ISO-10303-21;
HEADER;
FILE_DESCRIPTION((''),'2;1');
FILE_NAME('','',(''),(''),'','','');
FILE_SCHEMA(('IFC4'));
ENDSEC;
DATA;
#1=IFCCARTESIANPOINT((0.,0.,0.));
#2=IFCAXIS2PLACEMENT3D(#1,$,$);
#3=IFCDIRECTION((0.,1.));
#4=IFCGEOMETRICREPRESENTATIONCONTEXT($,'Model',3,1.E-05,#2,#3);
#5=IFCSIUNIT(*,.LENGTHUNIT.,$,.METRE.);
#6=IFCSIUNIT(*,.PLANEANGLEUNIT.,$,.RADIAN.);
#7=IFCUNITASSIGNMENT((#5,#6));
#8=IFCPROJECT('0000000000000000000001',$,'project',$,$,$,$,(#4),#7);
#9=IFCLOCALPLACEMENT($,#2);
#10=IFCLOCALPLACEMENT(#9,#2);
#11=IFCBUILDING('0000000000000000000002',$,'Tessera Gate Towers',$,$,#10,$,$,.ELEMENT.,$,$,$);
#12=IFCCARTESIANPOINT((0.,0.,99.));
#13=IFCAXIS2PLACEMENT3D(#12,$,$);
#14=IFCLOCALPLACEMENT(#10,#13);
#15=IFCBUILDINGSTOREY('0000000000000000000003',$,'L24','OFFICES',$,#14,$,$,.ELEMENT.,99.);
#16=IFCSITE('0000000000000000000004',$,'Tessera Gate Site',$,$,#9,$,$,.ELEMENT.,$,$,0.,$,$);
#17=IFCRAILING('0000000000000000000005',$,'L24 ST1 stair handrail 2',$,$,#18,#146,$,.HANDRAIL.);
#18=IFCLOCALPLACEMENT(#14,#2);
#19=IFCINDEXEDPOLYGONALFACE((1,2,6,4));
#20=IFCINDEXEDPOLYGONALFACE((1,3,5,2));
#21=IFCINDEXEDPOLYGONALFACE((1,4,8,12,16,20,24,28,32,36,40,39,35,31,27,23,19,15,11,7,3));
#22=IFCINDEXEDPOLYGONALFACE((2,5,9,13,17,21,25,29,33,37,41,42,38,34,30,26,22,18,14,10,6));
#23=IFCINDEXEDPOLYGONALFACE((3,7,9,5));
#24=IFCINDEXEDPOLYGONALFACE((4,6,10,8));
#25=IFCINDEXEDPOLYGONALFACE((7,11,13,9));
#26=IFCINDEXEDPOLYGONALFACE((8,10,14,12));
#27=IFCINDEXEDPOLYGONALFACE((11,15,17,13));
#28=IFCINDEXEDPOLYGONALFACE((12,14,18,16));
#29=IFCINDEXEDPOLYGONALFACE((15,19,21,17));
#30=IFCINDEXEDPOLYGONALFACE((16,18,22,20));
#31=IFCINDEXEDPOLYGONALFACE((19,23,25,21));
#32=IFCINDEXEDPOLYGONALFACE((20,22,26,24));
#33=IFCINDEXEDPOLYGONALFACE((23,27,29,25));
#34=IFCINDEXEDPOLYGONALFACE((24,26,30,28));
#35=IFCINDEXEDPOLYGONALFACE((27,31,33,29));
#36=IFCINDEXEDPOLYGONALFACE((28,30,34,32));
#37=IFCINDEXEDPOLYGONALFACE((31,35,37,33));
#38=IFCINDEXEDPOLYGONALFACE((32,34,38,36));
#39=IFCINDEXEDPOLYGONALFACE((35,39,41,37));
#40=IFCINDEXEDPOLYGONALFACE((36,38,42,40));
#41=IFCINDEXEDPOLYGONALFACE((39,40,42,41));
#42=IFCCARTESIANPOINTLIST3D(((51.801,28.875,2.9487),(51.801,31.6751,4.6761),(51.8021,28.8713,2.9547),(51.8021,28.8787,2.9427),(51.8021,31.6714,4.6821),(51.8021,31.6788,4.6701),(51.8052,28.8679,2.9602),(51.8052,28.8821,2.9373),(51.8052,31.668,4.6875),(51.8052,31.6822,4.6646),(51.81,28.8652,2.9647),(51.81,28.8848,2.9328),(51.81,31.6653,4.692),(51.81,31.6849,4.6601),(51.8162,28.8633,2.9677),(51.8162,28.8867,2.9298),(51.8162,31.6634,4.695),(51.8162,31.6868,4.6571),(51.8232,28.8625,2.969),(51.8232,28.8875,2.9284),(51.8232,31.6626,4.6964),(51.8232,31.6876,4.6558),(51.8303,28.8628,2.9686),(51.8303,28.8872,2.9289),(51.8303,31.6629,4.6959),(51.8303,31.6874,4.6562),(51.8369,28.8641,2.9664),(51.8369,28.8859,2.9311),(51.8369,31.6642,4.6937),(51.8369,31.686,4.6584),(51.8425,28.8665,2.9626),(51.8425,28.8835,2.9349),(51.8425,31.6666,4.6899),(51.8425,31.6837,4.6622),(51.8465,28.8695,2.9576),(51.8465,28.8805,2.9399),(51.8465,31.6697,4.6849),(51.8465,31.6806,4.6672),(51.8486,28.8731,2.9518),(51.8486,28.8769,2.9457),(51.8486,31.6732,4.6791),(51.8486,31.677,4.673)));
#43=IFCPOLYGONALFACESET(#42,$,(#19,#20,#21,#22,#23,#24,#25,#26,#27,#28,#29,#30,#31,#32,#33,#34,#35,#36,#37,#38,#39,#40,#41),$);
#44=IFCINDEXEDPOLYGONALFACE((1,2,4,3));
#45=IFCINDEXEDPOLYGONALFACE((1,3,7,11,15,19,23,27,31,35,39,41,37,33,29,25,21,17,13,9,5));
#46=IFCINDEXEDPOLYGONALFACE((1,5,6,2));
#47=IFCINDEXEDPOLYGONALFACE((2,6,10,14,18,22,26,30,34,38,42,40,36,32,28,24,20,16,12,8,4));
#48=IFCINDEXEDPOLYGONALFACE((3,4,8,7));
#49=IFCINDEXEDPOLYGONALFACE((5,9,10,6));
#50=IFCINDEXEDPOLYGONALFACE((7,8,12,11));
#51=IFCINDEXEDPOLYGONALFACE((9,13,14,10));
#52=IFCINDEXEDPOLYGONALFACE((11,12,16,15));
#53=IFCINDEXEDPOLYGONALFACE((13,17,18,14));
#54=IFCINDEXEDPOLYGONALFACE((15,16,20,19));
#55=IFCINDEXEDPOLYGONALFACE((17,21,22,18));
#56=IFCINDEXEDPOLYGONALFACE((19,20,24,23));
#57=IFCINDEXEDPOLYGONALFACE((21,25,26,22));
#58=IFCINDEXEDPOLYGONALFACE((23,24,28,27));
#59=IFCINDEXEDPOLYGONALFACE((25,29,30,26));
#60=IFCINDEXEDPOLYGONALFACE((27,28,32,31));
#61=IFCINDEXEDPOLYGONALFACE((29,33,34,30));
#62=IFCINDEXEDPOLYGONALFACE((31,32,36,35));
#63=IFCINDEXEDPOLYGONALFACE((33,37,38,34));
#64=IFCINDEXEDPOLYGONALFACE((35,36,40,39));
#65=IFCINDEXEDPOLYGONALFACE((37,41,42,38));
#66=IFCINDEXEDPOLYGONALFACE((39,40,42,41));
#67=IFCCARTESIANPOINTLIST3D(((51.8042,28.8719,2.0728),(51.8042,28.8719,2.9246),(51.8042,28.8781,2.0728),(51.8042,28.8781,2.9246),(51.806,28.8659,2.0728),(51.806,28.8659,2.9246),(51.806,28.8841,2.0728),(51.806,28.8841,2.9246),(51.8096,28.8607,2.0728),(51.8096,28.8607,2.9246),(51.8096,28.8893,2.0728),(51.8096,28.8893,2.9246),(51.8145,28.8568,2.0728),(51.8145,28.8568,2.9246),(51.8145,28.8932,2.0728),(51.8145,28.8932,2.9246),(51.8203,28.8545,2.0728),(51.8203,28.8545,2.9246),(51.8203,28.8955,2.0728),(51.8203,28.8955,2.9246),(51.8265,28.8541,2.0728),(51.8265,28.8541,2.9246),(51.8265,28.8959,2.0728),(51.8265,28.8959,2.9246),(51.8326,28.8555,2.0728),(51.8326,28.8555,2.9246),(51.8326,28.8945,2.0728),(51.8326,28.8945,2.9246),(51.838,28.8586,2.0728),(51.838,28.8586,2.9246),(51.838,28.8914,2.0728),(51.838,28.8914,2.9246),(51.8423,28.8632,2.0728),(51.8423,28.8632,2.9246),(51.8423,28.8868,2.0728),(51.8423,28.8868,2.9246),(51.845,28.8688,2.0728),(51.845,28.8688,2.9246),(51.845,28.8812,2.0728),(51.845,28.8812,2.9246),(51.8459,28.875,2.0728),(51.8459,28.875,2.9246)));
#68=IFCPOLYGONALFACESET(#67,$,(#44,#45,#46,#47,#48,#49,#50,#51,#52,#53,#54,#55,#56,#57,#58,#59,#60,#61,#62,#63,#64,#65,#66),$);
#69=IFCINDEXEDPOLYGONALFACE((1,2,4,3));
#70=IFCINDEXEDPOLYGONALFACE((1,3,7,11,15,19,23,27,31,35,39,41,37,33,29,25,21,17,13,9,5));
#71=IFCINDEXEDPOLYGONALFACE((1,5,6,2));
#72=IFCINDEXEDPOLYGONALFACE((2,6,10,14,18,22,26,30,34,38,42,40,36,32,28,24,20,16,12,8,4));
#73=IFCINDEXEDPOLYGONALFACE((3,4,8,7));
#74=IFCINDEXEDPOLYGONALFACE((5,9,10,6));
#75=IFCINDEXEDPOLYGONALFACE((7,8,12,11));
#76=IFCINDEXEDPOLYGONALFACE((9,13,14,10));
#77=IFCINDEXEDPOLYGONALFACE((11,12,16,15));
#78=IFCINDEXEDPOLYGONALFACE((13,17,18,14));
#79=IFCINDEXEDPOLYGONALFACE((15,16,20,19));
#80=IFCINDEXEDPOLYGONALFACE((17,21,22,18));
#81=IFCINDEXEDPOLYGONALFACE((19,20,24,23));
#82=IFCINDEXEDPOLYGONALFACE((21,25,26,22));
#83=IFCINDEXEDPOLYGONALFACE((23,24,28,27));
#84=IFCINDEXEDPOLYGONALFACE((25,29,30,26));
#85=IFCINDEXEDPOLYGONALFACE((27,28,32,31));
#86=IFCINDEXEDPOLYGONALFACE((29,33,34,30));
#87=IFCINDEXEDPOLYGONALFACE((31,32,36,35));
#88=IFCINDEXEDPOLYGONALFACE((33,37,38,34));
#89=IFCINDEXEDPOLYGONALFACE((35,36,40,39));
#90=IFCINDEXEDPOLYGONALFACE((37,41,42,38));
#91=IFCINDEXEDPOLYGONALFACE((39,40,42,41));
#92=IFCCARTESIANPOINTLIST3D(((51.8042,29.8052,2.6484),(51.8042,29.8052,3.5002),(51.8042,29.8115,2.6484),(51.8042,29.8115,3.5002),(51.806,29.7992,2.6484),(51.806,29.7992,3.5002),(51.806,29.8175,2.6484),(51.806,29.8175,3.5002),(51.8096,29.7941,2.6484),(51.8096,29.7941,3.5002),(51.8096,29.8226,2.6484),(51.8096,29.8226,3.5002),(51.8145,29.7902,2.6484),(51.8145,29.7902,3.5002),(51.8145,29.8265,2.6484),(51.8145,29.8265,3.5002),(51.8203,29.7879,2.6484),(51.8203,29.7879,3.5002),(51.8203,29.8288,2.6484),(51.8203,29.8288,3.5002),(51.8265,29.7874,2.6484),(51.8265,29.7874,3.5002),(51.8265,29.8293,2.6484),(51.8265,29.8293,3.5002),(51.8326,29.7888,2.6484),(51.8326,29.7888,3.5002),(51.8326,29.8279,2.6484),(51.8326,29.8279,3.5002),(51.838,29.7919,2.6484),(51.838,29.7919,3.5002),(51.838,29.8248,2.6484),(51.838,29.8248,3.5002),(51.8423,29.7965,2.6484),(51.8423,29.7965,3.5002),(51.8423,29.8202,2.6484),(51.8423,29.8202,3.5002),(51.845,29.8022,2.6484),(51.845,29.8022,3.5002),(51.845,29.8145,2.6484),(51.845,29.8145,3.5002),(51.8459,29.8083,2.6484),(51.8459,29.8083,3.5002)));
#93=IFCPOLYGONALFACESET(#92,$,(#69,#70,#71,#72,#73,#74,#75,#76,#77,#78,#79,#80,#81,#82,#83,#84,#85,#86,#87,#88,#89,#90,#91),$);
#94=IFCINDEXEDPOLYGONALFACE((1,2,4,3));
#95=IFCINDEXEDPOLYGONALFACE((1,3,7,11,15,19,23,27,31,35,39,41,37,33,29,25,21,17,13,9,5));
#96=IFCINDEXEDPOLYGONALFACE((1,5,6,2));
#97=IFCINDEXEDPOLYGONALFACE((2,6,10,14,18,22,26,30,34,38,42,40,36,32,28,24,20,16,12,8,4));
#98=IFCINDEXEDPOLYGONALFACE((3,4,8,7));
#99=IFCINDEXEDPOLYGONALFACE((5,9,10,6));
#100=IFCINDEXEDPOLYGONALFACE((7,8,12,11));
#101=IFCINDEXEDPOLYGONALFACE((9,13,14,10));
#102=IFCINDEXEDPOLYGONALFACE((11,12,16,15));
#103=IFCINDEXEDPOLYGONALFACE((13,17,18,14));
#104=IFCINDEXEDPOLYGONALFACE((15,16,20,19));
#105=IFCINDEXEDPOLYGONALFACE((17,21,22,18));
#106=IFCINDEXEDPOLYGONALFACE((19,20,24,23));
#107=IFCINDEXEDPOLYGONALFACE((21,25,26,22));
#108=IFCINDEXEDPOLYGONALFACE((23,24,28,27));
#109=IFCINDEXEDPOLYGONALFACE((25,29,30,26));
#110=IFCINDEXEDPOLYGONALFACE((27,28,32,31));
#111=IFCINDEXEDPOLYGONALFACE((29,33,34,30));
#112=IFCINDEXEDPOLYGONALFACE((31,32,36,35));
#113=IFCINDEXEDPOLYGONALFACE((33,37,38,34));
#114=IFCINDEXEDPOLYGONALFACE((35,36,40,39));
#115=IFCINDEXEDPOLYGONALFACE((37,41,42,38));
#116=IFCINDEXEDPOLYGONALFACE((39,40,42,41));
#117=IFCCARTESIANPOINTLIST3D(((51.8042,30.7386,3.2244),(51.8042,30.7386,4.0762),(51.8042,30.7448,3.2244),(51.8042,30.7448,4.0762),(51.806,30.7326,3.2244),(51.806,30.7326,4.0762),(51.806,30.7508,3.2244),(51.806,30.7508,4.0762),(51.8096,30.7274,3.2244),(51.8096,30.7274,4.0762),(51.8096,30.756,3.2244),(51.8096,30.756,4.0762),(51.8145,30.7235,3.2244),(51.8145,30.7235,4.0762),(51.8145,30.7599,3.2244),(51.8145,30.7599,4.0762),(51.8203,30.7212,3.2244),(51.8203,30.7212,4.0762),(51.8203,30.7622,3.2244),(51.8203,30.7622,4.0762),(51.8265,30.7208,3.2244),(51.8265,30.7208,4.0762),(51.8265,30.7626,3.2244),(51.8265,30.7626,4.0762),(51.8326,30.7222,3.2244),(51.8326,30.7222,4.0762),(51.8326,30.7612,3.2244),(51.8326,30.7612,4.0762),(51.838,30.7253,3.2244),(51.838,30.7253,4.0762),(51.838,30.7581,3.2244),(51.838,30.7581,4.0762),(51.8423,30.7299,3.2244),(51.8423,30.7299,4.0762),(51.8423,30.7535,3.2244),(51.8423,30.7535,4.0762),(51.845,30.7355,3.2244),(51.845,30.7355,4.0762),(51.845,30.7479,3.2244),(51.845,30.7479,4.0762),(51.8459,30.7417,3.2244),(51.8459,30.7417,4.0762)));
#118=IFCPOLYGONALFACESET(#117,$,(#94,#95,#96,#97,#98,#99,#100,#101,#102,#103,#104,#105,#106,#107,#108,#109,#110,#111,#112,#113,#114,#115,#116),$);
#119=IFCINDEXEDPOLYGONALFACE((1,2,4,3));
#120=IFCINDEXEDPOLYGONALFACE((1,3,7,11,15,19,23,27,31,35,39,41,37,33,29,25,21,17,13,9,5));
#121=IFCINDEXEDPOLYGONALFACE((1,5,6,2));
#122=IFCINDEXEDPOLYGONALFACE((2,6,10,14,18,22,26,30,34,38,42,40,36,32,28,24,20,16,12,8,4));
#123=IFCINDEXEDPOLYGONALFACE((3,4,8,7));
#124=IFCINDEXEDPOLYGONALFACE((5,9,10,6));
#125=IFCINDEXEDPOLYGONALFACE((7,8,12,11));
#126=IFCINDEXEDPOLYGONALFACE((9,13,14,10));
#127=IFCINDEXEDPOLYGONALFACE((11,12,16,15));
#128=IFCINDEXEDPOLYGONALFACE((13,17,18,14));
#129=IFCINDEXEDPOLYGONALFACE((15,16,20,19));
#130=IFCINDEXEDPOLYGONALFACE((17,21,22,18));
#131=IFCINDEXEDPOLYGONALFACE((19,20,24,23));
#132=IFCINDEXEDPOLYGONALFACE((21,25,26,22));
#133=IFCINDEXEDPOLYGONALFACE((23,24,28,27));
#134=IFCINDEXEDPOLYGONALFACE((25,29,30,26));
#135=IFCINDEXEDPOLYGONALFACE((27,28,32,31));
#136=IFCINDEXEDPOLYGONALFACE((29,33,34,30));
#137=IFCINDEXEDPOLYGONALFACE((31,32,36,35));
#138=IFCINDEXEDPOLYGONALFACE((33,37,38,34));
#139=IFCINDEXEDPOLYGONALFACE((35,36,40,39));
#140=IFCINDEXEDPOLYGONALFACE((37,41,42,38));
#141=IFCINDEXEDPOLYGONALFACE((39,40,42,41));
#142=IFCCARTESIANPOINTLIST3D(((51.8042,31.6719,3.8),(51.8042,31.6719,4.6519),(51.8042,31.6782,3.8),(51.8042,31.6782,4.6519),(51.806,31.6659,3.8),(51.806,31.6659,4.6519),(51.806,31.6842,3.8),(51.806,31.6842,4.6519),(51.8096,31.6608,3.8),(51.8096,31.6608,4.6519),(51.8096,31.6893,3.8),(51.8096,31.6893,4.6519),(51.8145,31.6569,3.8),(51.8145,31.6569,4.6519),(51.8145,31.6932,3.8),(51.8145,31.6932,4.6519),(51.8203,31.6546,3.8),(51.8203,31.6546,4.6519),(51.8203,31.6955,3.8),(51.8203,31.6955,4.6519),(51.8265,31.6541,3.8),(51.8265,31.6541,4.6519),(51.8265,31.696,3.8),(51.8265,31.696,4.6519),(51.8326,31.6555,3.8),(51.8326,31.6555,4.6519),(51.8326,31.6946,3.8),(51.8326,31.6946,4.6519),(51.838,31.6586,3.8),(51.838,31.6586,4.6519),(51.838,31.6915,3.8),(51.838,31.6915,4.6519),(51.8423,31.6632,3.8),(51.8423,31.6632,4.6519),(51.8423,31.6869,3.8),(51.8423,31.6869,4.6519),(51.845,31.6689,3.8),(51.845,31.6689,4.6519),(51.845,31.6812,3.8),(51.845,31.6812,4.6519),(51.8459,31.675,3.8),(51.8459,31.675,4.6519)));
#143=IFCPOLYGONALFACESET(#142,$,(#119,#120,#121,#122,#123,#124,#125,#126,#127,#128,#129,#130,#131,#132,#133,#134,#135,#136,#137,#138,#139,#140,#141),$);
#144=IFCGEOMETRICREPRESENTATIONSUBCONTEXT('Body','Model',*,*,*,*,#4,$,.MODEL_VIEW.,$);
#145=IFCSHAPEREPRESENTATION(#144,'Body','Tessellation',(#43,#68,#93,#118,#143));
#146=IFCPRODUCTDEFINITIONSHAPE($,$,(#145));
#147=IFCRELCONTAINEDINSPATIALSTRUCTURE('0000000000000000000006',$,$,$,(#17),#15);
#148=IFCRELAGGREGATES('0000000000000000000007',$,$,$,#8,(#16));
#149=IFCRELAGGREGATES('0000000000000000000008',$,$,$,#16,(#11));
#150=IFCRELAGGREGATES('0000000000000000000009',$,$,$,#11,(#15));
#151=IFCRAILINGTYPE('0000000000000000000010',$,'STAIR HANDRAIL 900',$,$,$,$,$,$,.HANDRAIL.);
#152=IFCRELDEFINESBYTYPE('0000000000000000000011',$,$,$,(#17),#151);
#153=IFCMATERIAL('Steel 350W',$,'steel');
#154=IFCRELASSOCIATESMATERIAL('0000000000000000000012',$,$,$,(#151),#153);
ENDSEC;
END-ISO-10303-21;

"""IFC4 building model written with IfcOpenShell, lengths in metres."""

from ifc_helpers import new_model, si_unit, direction, frame, origin, origin_2d, place, context, subcontext, project, spatial, circle, extrude, material, type_object, element, save


model = new_model("IFC4")

# Units and contexts
model_context = context("Model", 3, precision=1e-05, world=origin(), true_north=direction((0.0, 1.0)))
body_context = subcontext(model_context, "Body", "Model", "MODEL_VIEW")
ifc_project = project(units=[si_unit("LENGTHUNIT", "METRE"), si_unit("PLANEANGLEUNIT", "RADIAN")], contexts=[model_context])

# Site, building, storey
site_placement = place(None, origin())
site = spatial("IfcSite", under=ifc_project, at=site_placement, Name="Tessera Gate Site", CompositionType="ELEMENT", RefElevation=0.0)
building_placement = place(site_placement, origin())
building = spatial("IfcBuilding", under=site, at=building_placement, Name="Tessera Gate Towers", CompositionType="ELEMENT")
storey_placement = place(building_placement, frame((0.0, 0.0, 99.0)))
storey = spatial("IfcBuildingStorey", under=building, at=storey_placement, Name="L24", Description="OFFICES", CompositionType="ELEMENT", Elevation=99.0)

# Railing
ifc_material_1 = material(Name="Steel 350W", Category="steel")
railing_type_1 = type_object("IfcRailingType", Name="STAIR HANDRAIL 900", PredefinedType="HANDRAIL", material=ifc_material_1)
for number, where, name in (
    (1, (51.825, 28.875, 2.0728), "L24 ST1 stair handrail 2"),
):
    element("IfcRailing", number, at=place(storey_placement, frame(where)), inside=storey, type_object=railing_type_1, Name=name, PredefinedType="HANDRAIL", context=body_context, shape_type="SweptSolid", body=[
        extrude(circle(Radius=0.0239, at=origin_2d()), frame((0.0, 0.0, 0.876), z_axis=(0.0, 0.85109, 0.52502), x_axis=(-1.0, 0.0, 0.0)), (0.0, 0.0, 1.0), 3.29),
        extrude(circle(Radius=0.021, at=origin_2d()), origin(), (0.0, 0.0, 1.0), 0.8518),
        extrude(circle(Radius=0.021, at=origin_2d()), frame((0.0, 0.9333, 0.5757)), (0.0, 0.0, 1.0), 0.8518),
        extrude(circle(Radius=0.021, at=origin_2d()), frame((0.0, 1.8667, 1.1516)), (0.0, 0.0, 1.0), 0.8518),
        extrude(circle(Radius=0.021, at=origin_2d()), frame((0.0, 2.8, 1.7273)), (0.0, 0.0, 1.0), 0.8518),
    ])

save(model, "model.ifc")
